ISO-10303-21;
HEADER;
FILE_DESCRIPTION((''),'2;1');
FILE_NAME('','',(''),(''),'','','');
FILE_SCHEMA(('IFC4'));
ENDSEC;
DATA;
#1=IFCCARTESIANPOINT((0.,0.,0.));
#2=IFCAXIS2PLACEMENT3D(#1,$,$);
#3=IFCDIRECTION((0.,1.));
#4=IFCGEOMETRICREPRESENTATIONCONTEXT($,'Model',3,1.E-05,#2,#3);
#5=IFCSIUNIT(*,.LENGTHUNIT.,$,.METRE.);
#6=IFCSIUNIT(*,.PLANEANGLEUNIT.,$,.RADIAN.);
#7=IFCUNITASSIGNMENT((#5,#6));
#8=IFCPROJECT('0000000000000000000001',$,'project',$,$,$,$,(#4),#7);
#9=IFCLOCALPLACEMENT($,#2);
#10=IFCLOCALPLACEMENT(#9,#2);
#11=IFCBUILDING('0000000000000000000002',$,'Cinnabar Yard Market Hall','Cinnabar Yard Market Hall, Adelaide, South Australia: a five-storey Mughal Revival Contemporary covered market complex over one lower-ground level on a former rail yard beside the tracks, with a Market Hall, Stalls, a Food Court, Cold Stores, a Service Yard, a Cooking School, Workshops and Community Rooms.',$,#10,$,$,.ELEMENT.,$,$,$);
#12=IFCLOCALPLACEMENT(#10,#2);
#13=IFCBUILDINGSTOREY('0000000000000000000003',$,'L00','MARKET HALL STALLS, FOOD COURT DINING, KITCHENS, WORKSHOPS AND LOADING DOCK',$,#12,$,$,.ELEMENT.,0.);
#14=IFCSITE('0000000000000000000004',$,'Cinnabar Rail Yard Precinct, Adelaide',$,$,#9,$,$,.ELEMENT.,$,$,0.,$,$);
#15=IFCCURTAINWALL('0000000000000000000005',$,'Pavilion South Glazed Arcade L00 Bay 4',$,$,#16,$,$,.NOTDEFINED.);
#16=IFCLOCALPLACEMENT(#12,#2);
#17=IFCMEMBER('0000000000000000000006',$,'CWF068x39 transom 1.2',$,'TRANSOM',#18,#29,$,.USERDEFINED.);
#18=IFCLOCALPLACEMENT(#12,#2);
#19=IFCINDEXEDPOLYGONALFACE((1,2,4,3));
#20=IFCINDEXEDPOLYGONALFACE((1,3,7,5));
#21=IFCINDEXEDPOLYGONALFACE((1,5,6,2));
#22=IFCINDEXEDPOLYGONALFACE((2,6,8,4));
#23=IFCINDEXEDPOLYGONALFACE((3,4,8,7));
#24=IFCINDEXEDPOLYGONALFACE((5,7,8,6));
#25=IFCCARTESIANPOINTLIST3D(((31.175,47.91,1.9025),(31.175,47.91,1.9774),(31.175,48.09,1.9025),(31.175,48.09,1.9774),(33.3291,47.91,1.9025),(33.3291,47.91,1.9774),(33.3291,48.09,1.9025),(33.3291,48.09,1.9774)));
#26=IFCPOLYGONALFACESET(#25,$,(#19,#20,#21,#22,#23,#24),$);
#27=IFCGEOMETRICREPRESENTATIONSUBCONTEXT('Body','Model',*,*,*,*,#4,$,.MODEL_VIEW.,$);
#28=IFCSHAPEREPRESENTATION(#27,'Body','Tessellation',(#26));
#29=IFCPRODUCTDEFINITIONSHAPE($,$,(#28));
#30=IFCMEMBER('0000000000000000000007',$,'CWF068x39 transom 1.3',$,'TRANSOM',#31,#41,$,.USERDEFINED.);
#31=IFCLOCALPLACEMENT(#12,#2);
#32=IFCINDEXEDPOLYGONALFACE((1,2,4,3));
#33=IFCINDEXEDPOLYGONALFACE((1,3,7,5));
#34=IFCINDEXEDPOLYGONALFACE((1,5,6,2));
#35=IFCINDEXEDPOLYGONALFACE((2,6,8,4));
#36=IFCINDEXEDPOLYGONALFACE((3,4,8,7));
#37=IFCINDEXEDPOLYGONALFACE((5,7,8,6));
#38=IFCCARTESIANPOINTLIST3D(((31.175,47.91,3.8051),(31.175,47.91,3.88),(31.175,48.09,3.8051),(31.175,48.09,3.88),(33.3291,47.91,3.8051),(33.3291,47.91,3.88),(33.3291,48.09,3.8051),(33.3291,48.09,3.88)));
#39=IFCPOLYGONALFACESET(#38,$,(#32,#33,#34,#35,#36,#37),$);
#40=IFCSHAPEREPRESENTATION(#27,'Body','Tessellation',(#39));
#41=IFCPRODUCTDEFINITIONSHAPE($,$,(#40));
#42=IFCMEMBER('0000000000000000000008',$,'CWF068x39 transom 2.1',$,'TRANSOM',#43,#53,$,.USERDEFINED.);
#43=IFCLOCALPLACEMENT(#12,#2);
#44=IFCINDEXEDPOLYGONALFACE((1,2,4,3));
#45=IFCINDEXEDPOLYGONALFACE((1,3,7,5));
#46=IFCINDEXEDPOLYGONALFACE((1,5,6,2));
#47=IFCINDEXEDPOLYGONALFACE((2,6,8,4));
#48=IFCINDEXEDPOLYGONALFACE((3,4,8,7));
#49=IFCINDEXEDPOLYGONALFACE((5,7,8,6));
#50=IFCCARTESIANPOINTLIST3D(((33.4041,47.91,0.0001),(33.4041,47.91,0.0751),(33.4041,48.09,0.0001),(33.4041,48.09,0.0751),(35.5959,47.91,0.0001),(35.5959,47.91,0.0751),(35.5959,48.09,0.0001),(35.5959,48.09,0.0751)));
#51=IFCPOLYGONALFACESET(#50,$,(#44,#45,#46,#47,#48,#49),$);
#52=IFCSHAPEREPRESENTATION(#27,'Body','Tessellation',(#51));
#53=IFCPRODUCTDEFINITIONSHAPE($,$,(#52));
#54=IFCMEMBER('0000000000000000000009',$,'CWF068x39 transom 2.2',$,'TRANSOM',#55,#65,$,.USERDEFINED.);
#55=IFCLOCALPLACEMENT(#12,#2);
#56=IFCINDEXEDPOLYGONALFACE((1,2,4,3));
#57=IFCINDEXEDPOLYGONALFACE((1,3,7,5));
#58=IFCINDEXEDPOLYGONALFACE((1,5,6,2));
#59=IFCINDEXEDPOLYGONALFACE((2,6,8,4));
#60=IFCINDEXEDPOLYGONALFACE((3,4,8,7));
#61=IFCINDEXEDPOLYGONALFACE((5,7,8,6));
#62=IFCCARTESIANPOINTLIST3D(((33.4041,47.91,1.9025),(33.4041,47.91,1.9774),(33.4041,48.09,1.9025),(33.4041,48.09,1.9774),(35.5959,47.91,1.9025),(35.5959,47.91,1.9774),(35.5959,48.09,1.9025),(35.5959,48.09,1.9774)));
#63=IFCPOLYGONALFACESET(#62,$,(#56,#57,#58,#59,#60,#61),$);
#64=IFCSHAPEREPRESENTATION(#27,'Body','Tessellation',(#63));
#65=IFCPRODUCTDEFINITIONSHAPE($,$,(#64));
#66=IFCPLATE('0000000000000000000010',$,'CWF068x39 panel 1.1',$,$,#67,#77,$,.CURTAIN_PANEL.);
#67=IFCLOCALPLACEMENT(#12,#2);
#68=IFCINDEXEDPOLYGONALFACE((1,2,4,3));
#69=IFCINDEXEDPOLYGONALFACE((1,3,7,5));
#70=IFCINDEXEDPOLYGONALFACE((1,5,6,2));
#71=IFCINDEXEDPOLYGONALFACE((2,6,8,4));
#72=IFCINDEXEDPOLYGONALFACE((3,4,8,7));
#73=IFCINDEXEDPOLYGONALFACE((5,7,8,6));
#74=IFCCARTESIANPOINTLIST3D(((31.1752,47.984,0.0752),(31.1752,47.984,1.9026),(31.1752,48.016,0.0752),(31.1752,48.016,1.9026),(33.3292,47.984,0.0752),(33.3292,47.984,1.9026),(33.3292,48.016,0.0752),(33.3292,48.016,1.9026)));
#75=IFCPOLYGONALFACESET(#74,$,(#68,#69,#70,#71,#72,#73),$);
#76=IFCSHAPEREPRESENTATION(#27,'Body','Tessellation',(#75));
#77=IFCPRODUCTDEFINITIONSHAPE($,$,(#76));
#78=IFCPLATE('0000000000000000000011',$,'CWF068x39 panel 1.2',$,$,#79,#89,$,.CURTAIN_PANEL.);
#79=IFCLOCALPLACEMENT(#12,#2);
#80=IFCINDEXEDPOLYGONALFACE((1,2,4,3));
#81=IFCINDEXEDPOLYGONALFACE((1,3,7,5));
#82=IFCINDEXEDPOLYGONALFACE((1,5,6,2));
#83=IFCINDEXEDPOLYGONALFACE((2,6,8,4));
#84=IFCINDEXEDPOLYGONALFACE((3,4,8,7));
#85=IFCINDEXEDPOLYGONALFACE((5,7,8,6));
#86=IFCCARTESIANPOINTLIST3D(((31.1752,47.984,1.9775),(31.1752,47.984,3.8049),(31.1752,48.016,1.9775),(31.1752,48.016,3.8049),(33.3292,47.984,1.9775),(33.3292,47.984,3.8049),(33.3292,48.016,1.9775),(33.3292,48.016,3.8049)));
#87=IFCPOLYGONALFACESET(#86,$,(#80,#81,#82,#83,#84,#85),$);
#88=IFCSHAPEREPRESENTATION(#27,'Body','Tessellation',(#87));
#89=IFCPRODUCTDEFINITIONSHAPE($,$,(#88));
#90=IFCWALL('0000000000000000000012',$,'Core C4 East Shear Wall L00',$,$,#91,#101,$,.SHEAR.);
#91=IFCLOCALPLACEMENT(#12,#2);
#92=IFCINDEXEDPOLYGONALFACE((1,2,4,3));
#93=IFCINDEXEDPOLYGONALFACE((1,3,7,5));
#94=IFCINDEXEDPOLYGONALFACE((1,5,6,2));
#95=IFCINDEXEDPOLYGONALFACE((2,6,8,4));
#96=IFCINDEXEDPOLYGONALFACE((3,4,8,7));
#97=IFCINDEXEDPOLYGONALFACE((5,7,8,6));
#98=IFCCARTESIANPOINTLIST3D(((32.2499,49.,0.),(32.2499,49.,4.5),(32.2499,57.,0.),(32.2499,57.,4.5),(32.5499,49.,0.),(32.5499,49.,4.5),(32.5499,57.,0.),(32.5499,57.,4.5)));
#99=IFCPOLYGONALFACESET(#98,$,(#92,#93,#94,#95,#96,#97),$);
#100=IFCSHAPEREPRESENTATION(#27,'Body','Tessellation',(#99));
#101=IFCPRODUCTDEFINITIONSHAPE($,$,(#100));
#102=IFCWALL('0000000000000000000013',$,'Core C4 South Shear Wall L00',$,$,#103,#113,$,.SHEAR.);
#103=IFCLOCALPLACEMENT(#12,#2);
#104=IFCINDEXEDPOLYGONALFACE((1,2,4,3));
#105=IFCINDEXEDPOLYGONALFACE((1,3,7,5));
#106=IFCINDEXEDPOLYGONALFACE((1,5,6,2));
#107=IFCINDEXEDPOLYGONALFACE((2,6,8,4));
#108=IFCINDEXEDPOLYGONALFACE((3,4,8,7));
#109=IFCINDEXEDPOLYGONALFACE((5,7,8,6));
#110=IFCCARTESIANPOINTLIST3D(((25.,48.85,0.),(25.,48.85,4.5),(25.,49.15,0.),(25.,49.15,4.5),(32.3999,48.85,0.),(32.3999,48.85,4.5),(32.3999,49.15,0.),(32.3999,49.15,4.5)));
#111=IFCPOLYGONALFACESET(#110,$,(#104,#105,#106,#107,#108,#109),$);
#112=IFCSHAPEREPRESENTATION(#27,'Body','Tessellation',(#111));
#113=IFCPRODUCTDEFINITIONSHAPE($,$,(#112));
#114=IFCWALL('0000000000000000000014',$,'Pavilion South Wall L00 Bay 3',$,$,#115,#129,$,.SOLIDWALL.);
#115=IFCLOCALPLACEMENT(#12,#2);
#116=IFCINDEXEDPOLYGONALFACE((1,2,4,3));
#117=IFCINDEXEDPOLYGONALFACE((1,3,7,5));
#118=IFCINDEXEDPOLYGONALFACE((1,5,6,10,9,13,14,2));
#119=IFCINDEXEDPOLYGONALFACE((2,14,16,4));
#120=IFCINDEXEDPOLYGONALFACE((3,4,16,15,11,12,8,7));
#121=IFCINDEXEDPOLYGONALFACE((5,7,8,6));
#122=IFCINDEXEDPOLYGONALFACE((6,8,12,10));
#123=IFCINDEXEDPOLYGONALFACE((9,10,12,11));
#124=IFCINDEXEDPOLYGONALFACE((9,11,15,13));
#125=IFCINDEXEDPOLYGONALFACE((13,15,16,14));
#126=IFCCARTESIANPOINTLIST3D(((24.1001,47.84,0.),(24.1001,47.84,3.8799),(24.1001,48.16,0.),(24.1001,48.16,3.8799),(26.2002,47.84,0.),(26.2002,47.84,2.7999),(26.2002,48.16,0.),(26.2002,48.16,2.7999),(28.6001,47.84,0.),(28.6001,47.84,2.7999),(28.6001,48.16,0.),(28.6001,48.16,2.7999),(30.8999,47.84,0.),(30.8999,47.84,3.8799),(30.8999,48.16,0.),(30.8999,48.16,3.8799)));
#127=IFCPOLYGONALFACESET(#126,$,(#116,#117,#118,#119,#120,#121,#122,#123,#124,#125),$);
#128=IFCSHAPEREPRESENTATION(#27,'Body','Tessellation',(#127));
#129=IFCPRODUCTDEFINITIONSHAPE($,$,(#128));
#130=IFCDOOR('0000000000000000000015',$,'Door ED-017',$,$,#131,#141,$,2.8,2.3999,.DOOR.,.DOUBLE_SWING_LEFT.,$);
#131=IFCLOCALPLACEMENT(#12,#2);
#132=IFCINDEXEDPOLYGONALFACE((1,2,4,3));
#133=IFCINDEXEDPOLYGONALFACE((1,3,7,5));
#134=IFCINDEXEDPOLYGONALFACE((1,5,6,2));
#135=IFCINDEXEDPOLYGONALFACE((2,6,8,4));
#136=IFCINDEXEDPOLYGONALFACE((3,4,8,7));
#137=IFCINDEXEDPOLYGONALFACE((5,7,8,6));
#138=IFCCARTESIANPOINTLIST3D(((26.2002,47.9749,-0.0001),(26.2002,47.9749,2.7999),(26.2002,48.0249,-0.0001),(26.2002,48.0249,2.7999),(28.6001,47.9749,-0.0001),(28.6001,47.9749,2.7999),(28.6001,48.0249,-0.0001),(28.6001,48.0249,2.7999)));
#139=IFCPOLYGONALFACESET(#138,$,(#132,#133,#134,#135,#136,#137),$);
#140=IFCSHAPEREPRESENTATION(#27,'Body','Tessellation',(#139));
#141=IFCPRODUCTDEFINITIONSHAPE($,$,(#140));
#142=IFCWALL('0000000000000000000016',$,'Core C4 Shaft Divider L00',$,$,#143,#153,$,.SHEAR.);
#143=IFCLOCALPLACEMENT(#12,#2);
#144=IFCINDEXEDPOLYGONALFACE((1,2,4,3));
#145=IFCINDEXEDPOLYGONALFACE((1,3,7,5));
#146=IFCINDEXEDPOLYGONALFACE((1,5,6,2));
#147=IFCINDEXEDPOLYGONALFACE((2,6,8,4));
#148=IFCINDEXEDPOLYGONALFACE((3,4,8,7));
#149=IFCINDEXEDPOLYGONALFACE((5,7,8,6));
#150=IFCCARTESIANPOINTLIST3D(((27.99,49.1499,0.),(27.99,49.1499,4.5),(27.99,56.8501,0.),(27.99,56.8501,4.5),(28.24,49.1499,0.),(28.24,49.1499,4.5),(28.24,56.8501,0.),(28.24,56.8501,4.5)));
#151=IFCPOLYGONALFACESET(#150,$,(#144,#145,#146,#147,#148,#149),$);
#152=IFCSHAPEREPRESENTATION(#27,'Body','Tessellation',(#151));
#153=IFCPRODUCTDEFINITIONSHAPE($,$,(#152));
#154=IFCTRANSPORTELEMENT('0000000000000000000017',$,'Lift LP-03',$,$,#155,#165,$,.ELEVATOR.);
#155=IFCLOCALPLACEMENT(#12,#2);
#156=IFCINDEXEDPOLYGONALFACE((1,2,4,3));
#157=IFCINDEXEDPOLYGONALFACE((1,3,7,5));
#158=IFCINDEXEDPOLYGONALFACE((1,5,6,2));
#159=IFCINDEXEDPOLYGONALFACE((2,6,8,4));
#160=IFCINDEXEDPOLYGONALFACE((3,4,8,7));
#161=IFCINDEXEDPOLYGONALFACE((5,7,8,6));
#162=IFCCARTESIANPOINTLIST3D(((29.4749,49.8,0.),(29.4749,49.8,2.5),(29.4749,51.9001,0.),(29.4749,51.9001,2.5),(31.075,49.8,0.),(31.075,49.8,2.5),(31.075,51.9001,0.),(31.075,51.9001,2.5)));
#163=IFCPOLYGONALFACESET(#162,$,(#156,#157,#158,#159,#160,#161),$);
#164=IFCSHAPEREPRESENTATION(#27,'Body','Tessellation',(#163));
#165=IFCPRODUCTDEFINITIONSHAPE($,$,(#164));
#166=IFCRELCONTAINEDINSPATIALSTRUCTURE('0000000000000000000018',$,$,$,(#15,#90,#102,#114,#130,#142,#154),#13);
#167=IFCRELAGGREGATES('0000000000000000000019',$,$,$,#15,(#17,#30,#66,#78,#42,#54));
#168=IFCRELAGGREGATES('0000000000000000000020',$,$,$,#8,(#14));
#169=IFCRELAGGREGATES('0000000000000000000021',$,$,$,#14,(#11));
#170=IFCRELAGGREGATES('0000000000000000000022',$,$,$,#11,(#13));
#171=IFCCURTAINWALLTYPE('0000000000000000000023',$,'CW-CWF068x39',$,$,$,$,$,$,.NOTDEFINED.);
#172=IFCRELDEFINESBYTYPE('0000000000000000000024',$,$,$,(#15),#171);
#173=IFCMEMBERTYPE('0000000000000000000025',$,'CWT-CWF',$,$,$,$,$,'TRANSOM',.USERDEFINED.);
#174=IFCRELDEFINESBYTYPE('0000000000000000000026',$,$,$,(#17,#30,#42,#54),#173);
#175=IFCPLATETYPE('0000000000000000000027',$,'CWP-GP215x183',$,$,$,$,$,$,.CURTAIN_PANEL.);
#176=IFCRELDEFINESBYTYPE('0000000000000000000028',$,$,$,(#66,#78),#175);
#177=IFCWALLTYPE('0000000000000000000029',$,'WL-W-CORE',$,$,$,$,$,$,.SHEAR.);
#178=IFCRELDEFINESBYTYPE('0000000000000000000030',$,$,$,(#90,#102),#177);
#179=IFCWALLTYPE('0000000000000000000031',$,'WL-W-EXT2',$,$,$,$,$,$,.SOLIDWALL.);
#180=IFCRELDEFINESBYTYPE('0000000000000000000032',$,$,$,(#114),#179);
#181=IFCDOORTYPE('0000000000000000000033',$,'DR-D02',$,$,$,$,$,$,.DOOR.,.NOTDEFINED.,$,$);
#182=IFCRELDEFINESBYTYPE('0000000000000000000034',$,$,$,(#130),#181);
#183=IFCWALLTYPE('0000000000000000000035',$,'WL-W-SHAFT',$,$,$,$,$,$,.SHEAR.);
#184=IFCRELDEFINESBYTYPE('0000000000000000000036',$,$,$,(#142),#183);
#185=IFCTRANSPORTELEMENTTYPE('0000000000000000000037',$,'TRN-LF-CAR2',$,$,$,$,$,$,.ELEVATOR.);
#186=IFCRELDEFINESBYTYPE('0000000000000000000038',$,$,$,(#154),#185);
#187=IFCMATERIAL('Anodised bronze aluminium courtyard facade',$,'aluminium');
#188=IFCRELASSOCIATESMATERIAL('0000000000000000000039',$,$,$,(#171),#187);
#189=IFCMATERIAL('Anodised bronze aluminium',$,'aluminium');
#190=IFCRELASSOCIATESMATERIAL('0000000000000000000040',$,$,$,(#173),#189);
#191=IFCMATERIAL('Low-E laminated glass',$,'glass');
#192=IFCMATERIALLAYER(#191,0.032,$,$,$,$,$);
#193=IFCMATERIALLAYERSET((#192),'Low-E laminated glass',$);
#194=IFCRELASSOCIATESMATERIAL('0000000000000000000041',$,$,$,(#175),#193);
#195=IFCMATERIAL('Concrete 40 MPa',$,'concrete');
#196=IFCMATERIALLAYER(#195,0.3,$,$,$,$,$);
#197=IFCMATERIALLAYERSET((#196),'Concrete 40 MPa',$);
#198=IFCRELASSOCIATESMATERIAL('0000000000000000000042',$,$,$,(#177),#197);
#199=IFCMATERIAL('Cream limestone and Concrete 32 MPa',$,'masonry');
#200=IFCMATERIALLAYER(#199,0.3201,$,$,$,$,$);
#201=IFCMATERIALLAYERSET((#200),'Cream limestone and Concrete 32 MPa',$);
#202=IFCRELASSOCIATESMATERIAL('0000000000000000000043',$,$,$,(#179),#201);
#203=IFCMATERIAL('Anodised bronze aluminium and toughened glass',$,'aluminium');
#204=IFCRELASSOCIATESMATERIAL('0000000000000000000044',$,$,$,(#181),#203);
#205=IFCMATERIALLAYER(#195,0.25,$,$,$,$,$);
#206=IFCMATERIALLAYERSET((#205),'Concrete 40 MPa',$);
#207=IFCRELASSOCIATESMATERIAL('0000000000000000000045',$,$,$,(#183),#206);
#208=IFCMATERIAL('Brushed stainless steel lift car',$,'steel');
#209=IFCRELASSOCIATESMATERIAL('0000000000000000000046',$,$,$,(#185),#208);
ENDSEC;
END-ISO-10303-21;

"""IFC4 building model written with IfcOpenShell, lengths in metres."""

from ifc_helpers import new_model, si_unit, direction, frame, frame_2d, origin, origin_2d_with_axis, place, context, subcontext, project, spatial, rectangle, extrude, material, layer, layer_set, material_profile, profile_set, type_object, element, fill, aggregate, save


model = new_model("IFC4")

# Units and contexts
model_context = context("Model", 3, precision=1e-05, world=origin(), true_north=direction((0.0, 1.0)))
body_context = subcontext(model_context, "Body", "Model", "MODEL_VIEW")
ifc_project = project(units=[si_unit("LENGTHUNIT", "METRE"), si_unit("PLANEANGLEUNIT", "RADIAN")], contexts=[model_context])

# Site, building, storey
site_placement = place(None, origin())
site = spatial("IfcSite", under=ifc_project, at=site_placement, Name="Cinnabar Rail Yard Precinct, Adelaide", CompositionType="ELEMENT", RefElevation=0.0)
building_placement = place(site_placement, origin())
building = spatial("IfcBuilding", under=site, at=building_placement, Name="Cinnabar Yard Market Hall", Description="Cinnabar Yard Market Hall, Adelaide, South Australia: a five-storey Mughal Revival Contemporary covered market complex over one lower-ground level on a former rail yard beside the tracks, with a Market Hall, Stalls, a Food Court, Cold Stores, a Service Yard, a Cooking School, Workshops and Community Rooms.", CompositionType="ELEMENT")
storey_placement = place(building_placement, origin())
storey = spatial("IfcBuildingStorey", under=building, at=storey_placement, Name="L00", Description="MARKET HALL STALLS, FOOD COURT DINING, KITCHENS, WORKSHOPS AND LOADING DOCK", CompositionType="ELEMENT", Elevation=0.0)

# Curtain wall, members, plates
ifc_material_1 = material(Name="Anodised bronze aluminium courtyard facade", Category="aluminium")
curtain_wall_type = type_object("IfcCurtainWallType", Name="CW-CWF068x39", PredefinedType="NOTDEFINED", material=ifc_material_1)
curtain_wall_placement = place(storey_placement, origin())
curtain_wall = element("IfcCurtainWall", 1, at=curtain_wall_placement, inside=storey, type_object=curtain_wall_type, Name="Pavilion South Glazed Arcade L00 Bay 4", PredefinedType="NOTDEFINED")
ifc_material_2 = material(Name="Anodised bronze aluminium", Category="aluminium")
ifc_material_profile_1 = material_profile(ifc_material_2, rectangle(XDim=0.1799, YDim=0.075, at=origin_2d_with_axis()), Name="TRN-CWF")
ifc_profile_set_1 = profile_set([ifc_material_profile_1], Name="Anodised bronze aluminium")
member_type_1 = type_object("IfcMemberType", Name="CWT-CWF", ElementType="TRANSOM", PredefinedType="USERDEFINED", material=ifc_profile_set_1)
member_1_placement = place(storey_placement, frame((31.175, 48.0, 1.9399), z_axis=(1.0, 0.0, 0.0), x_axis=(0.0, 1.0, 0.0)))
member_1 = element("IfcMember", 2, at=member_1_placement, type_object=member_type_1, Name="CWF068x39 transom 1.2", ObjectType="TRANSOM", PredefinedType="USERDEFINED", context=body_context, shape_type="SweptSolid", body=[
    extrude(rectangle(XDim=0.1799, YDim=0.075, at=origin_2d_with_axis()), origin(), (0.0, 0.0, 1.0), 2.1541),
])
member_2_placement = place(storey_placement, frame((31.175, 48.0, 3.8425), z_axis=(1.0, 0.0, 0.0), x_axis=(0.0, 1.0, 0.0)))
member_2 = element("IfcMember", 3, at=member_2_placement, type_object=member_type_1, Name="CWF068x39 transom 1.3", ObjectType="TRANSOM", PredefinedType="USERDEFINED", context=body_context, shape_type="SweptSolid", body=[
    extrude(rectangle(XDim=0.1799, YDim=0.075, at=origin_2d_with_axis()), origin(), (0.0, 0.0, 1.0), 2.1541),
])
member_3_placement = place(storey_placement, frame((33.4041, 48.0, 0.0376), z_axis=(1.0, 0.0, 0.0), x_axis=(0.0, 1.0, 0.0)))
member_3 = element("IfcMember", 4, at=member_3_placement, type_object=member_type_1, Name="CWF068x39 transom 2.1", ObjectType="TRANSOM", PredefinedType="USERDEFINED", context=body_context, shape_type="SweptSolid", body=[
    extrude(rectangle(XDim=0.1799, YDim=0.075, at=origin_2d_with_axis()), origin(), (0.0, 0.0, 1.0), 2.1919),
])
member_4_placement = place(storey_placement, frame((33.4041, 48.0, 1.9399), z_axis=(1.0, 0.0, 0.0), x_axis=(0.0, 1.0, 0.0)))
member_4 = element("IfcMember", 5, at=member_4_placement, type_object=member_type_1, Name="CWF068x39 transom 2.2", ObjectType="TRANSOM", PredefinedType="USERDEFINED", context=body_context, shape_type="SweptSolid", body=[
    extrude(rectangle(XDim=0.1799, YDim=0.075, at=origin_2d_with_axis()), origin(), (0.0, 0.0, 1.0), 2.1919),
])
ifc_material_3 = material(Name="Low-E laminated glass", Category="glass")
ifc_layer_1 = layer(ifc_material_3, 0.032)
ifc_layer_set_1 = layer_set([ifc_layer_1], Name="Low-E laminated glass")
plate_type = type_object("IfcPlateType", Name="CWP-GP215x183", PredefinedType="CURTAIN_PANEL", material=ifc_layer_set_1)
plate_1_placement = place(storey_placement, frame((32.2522, 48.0, 0.0752), z_axis=(0.0, 0.0, 1.0), x_axis=(1.0, 0.0, 0.0)))
plate_1 = element("IfcPlate", 6, at=plate_1_placement, type_object=plate_type, Name="CWF068x39 panel 1.1", PredefinedType="CURTAIN_PANEL", context=body_context, shape_type="SweptSolid", body=[
    extrude(rectangle(XDim=2.1541, YDim=0.032, at=origin_2d_with_axis()), origin(), (0.0, 0.0, 1.0), 1.8274),
])
plate_2_placement = place(storey_placement, frame((32.2522, 48.0, 1.9775), z_axis=(0.0, 0.0, 1.0), x_axis=(1.0, 0.0, 0.0)))
plate_2 = element("IfcPlate", 7, at=plate_2_placement, type_object=plate_type, Name="CWF068x39 panel 1.2", PredefinedType="CURTAIN_PANEL", context=body_context, shape_type="SweptSolid", body=[
    extrude(rectangle(XDim=2.1541, YDim=0.032, at=origin_2d_with_axis()), origin(), (0.0, 0.0, 1.0), 1.8274),
])
aggregate(curtain_wall, [member_1, member_2, plate_1, plate_2, member_3, member_4])

# Walls
ifc_material_4 = material(Name="Concrete 40 MPa", Category="concrete")
ifc_layer_2 = layer(ifc_material_4, 0.3)
ifc_layer_set_2 = layer_set([ifc_layer_2], Name="Concrete 40 MPa")
wall_type_1 = type_object("IfcWallType", Name="WL-W-CORE", PredefinedType="SHEAR", material=ifc_layer_set_2)
wall_1_placement = place(storey_placement, frame((32.3999, 49.0, 0.0), z_axis=(0.0, 0.0, 1.0), x_axis=(0.0, 1.0, 0.0)))
element("IfcWall", 8, at=wall_1_placement, inside=storey, type_object=wall_type_1, Name="Core C4 East Shear Wall L00", PredefinedType="SHEAR", context=body_context, shape_type="SweptSolid", body=[
    extrude(rectangle(XDim=8.0, YDim=0.3, at=frame_2d((4.0, 0.0), x_axis=(1.0, 0.0))), origin(), (0.0, 0.0, 1.0), 4.5),
])
wall_2_placement = place(storey_placement, frame((25.0, 49.0, 0.0), z_axis=(0.0, 0.0, 1.0), x_axis=(1.0, 0.0, 0.0)))
element("IfcWall", 9, at=wall_2_placement, inside=storey, type_object=wall_type_1, Name="Core C4 South Shear Wall L00", PredefinedType="SHEAR", context=body_context, shape_type="SweptSolid", body=[
    extrude(rectangle(XDim=7.3999, YDim=0.3, at=frame_2d((3.7, 0.0), x_axis=(1.0, 0.0))), origin(), (0.0, 0.0, 1.0), 4.5),
])

# Wall, opening, door
ifc_material_5 = material(Name="Cream limestone and Concrete 32 MPa", Category="masonry")
ifc_layer_3 = layer(ifc_material_5, 0.3201)
ifc_layer_set_3 = layer_set([ifc_layer_3], Name="Cream limestone and Concrete 32 MPa")
wall_type_2 = type_object("IfcWallType", Name="WL-W-EXT2", PredefinedType="SOLIDWALL", material=ifc_layer_set_3)
wall_3_placement = place(storey_placement, frame((24.1001, 48.0, 0.0), z_axis=(0.0, 0.0, 1.0), x_axis=(1.0, 0.0, 0.0)))
wall_3 = element("IfcWall", 10, at=wall_3_placement, inside=storey, type_object=wall_type_2, Name="Pavilion South Wall L00 Bay 3", PredefinedType="SOLIDWALL", context=body_context, shape_type="SweptSolid", body=[
    extrude(rectangle(XDim=6.7998, YDim=0.3201, at=frame_2d((3.3999, 0.0), x_axis=(1.0, 0.0))), origin(), (0.0, 0.0, 1.0), 3.8799),
])
opening_placement = place(wall_3_placement, frame((2.1001, 0.0, 0.0)))
opening = element("IfcOpeningElement", 11, at=opening_placement, cuts=wall_3, PredefinedType="OPENING", context=body_context, shape_type="SweptSolid", body=[
    extrude(rectangle(XDim=2.3999, YDim=2.8, at=frame_2d((1.2, 1.3999), x_axis=(1.0, 0.0))), frame((0.0, 0.1699, 0.0), z_axis=(0.0, -1.0, 0.0), x_axis=(1.0, 0.0, 0.0)), (0.0, 0.0, 1.0), 0.3401),
])
ifc_material_6 = material(Name="Anodised bronze aluminium and toughened glass", Category="aluminium")
door_type = type_object("IfcDoorType", Name="DR-D02", OperationType="NOTDEFINED", PredefinedType="DOOR", material=ifc_material_6)
door_placement = place(opening_placement, origin())
door = element("IfcDoor", 12, at=door_placement, inside=storey, type_object=door_type, Name="Door ED-017", OperationType="DOUBLE_SWING_LEFT", OverallHeight=2.8, OverallWidth=2.3999, PredefinedType="DOOR", context=body_context, shape_type="SweptSolid", body=[
    extrude(rectangle(XDim=2.3999, YDim=2.8, at=frame_2d((1.2, 1.3999), x_axis=(1.0, 0.0))), frame((0.0, 0.0249, 0.0), z_axis=(0.0, -1.0, 0.0), x_axis=(1.0, 0.0, 0.0)), (0.0, 0.0, 1.0), 0.05),
])
fill(opening, door)

# Wall
ifc_layer_4 = layer(ifc_material_4, 0.25)
ifc_layer_set_4 = layer_set([ifc_layer_4], Name="Concrete 40 MPa")
wall_type_3 = type_object("IfcWallType", Name="WL-W-SHAFT", PredefinedType="SHEAR", material=ifc_layer_set_4)
wall_4_placement = place(storey_placement, frame((28.115, 49.1499, 0.0), z_axis=(0.0, 0.0, 1.0), x_axis=(0.0, 1.0, 0.0)))
element("IfcWall", 13, at=wall_4_placement, inside=storey, type_object=wall_type_3, Name="Core C4 Shaft Divider L00", PredefinedType="SHEAR", context=body_context, shape_type="SweptSolid", body=[
    extrude(rectangle(XDim=7.7002, YDim=0.25, at=frame_2d((3.8501, 0.0), x_axis=(1.0, 0.0))), origin(), (0.0, 0.0, 1.0), 4.5),
])

# Transport element
ifc_material_7 = material(Name="Brushed stainless steel lift car", Category="steel")
transport_element_type = type_object("IfcTransportElementType", Name="TRN-LF-CAR2", PredefinedType="ELEVATOR", material=ifc_material_7)
transport_element_placement = place(storey_placement, frame((30.2749, 50.8501, 0.0), z_axis=(0.0, 0.0, 1.0), x_axis=(1.0, 0.0, 0.0)))
element("IfcTransportElement", 14, at=transport_element_placement, inside=storey, type_object=transport_element_type, Name="Lift LP-03", PredefinedType="ELEVATOR", context=body_context, shape_type="SweptSolid", body=[
    extrude(rectangle(XDim=1.6001, YDim=2.1001, at=origin_2d_with_axis()), origin(), (0.0, 0.0, 1.0), 2.5),
])

save(model, "model.ifc")
